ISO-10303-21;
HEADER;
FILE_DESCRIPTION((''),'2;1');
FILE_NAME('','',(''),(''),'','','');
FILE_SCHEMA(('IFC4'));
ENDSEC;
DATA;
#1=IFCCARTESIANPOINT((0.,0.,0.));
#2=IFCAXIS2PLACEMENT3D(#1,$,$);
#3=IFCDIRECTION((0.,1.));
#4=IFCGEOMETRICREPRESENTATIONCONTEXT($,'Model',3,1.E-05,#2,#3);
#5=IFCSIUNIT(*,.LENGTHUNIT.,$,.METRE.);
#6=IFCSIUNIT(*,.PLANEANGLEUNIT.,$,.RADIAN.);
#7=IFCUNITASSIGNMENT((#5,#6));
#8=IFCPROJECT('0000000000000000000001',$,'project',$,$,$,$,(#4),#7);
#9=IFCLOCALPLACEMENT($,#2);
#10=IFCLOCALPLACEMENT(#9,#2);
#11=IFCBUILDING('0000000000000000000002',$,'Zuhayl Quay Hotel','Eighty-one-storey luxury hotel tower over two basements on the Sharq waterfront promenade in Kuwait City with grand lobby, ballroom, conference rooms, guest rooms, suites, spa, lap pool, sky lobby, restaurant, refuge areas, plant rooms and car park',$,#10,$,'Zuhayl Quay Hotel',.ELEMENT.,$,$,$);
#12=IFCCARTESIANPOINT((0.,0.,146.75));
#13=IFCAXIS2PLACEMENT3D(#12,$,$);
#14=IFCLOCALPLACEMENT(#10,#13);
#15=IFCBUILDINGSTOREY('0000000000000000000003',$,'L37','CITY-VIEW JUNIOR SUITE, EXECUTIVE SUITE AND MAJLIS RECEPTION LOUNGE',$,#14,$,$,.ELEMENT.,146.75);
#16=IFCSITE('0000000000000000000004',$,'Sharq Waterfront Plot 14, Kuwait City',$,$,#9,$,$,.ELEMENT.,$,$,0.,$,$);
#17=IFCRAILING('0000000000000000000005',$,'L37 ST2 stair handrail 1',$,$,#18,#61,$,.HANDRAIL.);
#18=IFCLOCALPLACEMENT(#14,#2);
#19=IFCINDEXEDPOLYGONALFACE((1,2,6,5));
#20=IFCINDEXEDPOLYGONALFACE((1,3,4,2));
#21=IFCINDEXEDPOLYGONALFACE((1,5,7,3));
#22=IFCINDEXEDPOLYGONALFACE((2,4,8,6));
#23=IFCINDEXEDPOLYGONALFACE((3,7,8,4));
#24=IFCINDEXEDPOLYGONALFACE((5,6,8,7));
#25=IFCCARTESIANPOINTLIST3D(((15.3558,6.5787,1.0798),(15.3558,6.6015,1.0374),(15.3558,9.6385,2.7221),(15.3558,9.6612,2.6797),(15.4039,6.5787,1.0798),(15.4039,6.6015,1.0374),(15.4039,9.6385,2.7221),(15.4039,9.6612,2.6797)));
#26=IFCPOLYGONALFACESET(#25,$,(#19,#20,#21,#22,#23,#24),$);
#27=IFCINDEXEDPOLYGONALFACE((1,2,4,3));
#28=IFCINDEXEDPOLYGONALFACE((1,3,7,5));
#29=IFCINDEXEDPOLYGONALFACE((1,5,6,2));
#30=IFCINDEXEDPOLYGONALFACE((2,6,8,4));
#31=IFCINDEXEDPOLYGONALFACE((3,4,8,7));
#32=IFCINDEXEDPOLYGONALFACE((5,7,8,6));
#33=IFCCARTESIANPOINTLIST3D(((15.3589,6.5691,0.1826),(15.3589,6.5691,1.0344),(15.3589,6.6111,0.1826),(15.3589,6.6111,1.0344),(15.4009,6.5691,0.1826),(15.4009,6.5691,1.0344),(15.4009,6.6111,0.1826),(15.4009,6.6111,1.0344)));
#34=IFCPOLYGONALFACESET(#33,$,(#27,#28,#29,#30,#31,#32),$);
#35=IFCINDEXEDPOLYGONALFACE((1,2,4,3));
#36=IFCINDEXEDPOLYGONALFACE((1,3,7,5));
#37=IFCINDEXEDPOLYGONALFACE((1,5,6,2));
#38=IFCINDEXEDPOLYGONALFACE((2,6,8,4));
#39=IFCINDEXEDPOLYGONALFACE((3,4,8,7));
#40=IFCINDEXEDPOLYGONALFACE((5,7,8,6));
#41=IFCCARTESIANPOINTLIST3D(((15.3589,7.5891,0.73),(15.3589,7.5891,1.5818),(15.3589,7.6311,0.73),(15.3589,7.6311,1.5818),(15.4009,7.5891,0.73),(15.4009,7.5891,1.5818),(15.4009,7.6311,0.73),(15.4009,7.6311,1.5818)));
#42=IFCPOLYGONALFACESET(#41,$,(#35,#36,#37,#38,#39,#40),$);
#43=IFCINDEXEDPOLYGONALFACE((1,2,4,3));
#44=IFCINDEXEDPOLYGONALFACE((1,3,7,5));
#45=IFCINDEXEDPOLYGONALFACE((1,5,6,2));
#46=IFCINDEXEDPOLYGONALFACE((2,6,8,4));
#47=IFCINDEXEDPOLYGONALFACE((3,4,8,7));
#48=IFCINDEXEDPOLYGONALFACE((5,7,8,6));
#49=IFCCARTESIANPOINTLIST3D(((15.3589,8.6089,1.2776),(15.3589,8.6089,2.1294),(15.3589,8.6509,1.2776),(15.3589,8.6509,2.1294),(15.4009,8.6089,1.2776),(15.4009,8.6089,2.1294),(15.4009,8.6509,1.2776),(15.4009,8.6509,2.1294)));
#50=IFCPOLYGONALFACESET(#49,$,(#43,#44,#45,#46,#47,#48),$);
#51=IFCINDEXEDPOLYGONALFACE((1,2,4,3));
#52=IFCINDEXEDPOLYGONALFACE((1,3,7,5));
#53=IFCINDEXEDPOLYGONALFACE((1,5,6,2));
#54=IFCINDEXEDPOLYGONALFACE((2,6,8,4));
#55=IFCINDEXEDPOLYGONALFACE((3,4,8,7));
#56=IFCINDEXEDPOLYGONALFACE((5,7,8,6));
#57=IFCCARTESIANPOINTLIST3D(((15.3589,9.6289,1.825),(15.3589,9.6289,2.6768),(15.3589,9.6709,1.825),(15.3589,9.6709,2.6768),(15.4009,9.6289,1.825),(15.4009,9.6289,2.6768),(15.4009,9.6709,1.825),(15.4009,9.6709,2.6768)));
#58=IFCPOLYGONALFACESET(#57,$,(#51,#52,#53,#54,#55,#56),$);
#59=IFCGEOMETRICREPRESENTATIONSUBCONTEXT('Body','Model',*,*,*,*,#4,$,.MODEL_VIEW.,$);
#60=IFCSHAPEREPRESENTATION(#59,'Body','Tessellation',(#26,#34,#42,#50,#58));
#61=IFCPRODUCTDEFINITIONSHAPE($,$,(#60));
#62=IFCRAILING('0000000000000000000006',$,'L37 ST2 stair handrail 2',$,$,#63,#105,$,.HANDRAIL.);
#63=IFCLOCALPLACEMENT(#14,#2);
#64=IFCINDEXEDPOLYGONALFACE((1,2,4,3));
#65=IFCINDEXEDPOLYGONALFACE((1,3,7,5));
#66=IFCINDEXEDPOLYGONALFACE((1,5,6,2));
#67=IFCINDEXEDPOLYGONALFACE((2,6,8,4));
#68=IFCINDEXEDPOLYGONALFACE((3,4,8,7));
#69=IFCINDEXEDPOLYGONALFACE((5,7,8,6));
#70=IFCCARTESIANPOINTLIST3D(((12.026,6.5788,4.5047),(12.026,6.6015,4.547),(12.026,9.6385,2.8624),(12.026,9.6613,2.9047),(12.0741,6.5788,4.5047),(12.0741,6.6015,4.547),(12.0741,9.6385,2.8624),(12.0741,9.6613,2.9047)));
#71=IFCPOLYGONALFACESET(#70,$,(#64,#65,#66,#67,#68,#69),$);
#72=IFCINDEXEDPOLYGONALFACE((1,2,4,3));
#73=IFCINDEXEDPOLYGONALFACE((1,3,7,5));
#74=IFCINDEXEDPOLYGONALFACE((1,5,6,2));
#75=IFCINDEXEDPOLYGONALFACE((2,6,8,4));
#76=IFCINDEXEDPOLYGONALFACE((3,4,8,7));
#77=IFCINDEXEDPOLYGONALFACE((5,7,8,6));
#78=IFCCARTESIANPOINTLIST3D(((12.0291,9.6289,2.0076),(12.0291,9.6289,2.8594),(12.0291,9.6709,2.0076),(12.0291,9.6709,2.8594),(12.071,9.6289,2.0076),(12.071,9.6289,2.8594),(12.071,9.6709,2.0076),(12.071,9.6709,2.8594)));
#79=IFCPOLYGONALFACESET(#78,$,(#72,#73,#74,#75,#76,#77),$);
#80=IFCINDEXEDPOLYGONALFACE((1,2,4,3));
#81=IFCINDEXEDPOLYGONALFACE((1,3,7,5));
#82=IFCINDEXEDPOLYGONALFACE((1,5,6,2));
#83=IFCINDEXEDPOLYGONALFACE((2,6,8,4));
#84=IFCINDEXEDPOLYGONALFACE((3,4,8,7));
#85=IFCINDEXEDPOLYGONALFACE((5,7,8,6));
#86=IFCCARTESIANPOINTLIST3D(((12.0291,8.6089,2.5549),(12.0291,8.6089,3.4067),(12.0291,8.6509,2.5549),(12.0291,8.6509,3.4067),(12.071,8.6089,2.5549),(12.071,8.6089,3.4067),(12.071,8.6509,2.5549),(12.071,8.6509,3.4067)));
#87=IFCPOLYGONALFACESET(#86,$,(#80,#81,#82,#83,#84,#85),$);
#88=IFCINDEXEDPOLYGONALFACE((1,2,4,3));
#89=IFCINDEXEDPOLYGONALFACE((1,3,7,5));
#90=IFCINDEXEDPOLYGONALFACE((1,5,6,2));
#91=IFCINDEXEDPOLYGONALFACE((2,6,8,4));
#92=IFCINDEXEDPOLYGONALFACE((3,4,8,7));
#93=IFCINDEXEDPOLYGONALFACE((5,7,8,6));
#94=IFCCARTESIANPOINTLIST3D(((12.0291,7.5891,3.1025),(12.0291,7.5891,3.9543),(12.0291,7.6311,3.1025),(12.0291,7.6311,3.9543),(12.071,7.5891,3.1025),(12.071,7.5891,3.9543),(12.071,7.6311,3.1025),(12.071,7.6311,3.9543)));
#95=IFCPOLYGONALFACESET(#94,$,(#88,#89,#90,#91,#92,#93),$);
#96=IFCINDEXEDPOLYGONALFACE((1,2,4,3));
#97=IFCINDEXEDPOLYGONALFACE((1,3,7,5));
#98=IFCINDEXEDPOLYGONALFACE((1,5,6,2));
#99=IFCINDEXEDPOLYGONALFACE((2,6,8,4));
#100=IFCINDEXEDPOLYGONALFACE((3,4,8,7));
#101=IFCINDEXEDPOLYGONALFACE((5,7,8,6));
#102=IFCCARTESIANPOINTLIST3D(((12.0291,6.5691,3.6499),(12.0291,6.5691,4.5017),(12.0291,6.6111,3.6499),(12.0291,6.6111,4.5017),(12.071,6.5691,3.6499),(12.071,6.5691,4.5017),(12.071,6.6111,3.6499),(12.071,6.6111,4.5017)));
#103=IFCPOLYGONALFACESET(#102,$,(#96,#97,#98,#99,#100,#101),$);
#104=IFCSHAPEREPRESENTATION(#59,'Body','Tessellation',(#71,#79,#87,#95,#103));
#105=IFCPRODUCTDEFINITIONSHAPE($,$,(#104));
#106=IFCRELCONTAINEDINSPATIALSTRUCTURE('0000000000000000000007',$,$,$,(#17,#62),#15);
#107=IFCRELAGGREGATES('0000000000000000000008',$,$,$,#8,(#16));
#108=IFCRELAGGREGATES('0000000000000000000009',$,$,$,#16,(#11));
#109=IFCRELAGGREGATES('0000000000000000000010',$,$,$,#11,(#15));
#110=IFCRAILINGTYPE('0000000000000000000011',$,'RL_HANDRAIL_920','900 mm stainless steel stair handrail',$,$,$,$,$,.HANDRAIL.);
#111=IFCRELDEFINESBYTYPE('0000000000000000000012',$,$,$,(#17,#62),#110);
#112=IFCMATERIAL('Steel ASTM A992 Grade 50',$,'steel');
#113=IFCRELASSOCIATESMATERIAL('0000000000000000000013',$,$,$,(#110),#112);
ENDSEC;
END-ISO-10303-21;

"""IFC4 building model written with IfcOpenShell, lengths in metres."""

from ifc_helpers import new_model, si_unit, direction, frame, origin, origin_2d, place, context, subcontext, project, spatial, rectangle, extrude, material, type_object, element, save


model = new_model("IFC4")

# Units and contexts
model_context = context("Model", 3, precision=1e-05, world=origin(), true_north=direction((0.0, 1.0)))
body_context = subcontext(model_context, "Body", "Model", "MODEL_VIEW")
ifc_project = project(units=[si_unit("LENGTHUNIT", "METRE"), si_unit("PLANEANGLEUNIT", "RADIAN")], contexts=[model_context])

# Site, building, storey
site_placement = place(None, origin())
site = spatial("IfcSite", under=ifc_project, at=site_placement, Name="Sharq Waterfront Plot 14, Kuwait City", CompositionType="ELEMENT", RefElevation=0.0)
building_placement = place(site_placement, origin())
building = spatial("IfcBuilding", under=site, at=building_placement, Name="Zuhayl Quay Hotel", Description="Eighty-one-storey luxury hotel tower over two basements on the Sharq waterfront promenade in Kuwait City with grand lobby, ballroom, conference rooms, guest rooms, suites, spa, lap pool, sky lobby, restaurant, refuge areas, plant rooms and car park", LongName="Zuhayl Quay Hotel", CompositionType="ELEMENT")
storey_placement = place(building_placement, frame((0.0, 0.0, 146.75)))
storey = spatial("IfcBuildingStorey", under=building, at=storey_placement, Name="L37", Description="CITY-VIEW JUNIOR SUITE, EXECUTIVE SUITE AND MAJLIS RECEPTION LOUNGE", CompositionType="ELEMENT", Elevation=146.75)

# Shared definitions
ifc_material_1 = material(Name="Steel ASTM A992 Grade 50", Category="steel")

# Railings
railing_type_1 = type_object("IfcRailingType", Name="RL_HANDRAIL_920", Description="900 mm stainless steel stair handrail", PredefinedType="HANDRAIL", material=ifc_material_1)
railing_1_placement = place(storey_placement, frame((15.3799, 6.5901, 0.1826)))
element("IfcRailing", 1, at=railing_1_placement, inside=storey, type_object=railing_type_1, Name="L37 ST2 stair handrail 1", PredefinedType="HANDRAIL", context=body_context, shape_type="SweptSolid", body=[
    extrude(rectangle(XDim=0.0481, YDim=0.0481, at=origin_2d()), frame((0.0, 0.0, 0.876), z_axis=(0.0, 0.881102, 0.472926), x_axis=(-1.0, 0.0, 0.0)), (0.0, 0.0, 1.0), 3.4727),
    extrude(rectangle(XDim=0.042, YDim=0.042, at=origin_2d()), origin(), (0.0, 0.0, 1.0), 0.8518),
    extrude(rectangle(XDim=0.042, YDim=0.042, at=origin_2d()), frame((0.0, 1.02, 0.5474)), (0.0, 0.0, 1.0), 0.8518),
    extrude(rectangle(XDim=0.042, YDim=0.042, at=origin_2d()), frame((0.0, 2.0398, 1.095)), (0.0, 0.0, 1.0), 0.8518),
    extrude(rectangle(XDim=0.042, YDim=0.042, at=origin_2d()), frame((0.0, 3.0598, 1.6423)), (0.0, 0.0, 1.0), 0.8518),
])
railing_2_placement = place(storey_placement, frame((12.05, 9.6499, 2.0076)))
element("IfcRailing", 2, at=railing_2_placement, inside=storey, type_object=railing_type_1, Name="L37 ST2 stair handrail 2", PredefinedType="HANDRAIL", context=body_context, shape_type="SweptSolid", body=[
    extrude(rectangle(XDim=0.0481, YDim=0.0481, at=origin_2d()), frame((0.0, 0.0, 0.876), z_axis=(0.0, -0.881102, 0.472926), x_axis=(1.0, 0.0, 0.0)), (0.0, 0.0, 1.0), 3.4727),
    extrude(rectangle(XDim=0.042, YDim=0.042, at=origin_2d()), origin(), (0.0, 0.0, 1.0), 0.8518),
    extrude(rectangle(XDim=0.042, YDim=0.042, at=origin_2d()), frame((0.0, -1.02, 0.5474)), (0.0, 0.0, 1.0), 0.8518),
    extrude(rectangle(XDim=0.042, YDim=0.042, at=origin_2d()), frame((0.0, -2.0398, 1.095)), (0.0, 0.0, 1.0), 0.8518),
    extrude(rectangle(XDim=0.042, YDim=0.042, at=origin_2d()), frame((0.0, -3.0598, 1.6423)), (0.0, 0.0, 1.0), 0.8518),
])

save(model, "model.ifc")
